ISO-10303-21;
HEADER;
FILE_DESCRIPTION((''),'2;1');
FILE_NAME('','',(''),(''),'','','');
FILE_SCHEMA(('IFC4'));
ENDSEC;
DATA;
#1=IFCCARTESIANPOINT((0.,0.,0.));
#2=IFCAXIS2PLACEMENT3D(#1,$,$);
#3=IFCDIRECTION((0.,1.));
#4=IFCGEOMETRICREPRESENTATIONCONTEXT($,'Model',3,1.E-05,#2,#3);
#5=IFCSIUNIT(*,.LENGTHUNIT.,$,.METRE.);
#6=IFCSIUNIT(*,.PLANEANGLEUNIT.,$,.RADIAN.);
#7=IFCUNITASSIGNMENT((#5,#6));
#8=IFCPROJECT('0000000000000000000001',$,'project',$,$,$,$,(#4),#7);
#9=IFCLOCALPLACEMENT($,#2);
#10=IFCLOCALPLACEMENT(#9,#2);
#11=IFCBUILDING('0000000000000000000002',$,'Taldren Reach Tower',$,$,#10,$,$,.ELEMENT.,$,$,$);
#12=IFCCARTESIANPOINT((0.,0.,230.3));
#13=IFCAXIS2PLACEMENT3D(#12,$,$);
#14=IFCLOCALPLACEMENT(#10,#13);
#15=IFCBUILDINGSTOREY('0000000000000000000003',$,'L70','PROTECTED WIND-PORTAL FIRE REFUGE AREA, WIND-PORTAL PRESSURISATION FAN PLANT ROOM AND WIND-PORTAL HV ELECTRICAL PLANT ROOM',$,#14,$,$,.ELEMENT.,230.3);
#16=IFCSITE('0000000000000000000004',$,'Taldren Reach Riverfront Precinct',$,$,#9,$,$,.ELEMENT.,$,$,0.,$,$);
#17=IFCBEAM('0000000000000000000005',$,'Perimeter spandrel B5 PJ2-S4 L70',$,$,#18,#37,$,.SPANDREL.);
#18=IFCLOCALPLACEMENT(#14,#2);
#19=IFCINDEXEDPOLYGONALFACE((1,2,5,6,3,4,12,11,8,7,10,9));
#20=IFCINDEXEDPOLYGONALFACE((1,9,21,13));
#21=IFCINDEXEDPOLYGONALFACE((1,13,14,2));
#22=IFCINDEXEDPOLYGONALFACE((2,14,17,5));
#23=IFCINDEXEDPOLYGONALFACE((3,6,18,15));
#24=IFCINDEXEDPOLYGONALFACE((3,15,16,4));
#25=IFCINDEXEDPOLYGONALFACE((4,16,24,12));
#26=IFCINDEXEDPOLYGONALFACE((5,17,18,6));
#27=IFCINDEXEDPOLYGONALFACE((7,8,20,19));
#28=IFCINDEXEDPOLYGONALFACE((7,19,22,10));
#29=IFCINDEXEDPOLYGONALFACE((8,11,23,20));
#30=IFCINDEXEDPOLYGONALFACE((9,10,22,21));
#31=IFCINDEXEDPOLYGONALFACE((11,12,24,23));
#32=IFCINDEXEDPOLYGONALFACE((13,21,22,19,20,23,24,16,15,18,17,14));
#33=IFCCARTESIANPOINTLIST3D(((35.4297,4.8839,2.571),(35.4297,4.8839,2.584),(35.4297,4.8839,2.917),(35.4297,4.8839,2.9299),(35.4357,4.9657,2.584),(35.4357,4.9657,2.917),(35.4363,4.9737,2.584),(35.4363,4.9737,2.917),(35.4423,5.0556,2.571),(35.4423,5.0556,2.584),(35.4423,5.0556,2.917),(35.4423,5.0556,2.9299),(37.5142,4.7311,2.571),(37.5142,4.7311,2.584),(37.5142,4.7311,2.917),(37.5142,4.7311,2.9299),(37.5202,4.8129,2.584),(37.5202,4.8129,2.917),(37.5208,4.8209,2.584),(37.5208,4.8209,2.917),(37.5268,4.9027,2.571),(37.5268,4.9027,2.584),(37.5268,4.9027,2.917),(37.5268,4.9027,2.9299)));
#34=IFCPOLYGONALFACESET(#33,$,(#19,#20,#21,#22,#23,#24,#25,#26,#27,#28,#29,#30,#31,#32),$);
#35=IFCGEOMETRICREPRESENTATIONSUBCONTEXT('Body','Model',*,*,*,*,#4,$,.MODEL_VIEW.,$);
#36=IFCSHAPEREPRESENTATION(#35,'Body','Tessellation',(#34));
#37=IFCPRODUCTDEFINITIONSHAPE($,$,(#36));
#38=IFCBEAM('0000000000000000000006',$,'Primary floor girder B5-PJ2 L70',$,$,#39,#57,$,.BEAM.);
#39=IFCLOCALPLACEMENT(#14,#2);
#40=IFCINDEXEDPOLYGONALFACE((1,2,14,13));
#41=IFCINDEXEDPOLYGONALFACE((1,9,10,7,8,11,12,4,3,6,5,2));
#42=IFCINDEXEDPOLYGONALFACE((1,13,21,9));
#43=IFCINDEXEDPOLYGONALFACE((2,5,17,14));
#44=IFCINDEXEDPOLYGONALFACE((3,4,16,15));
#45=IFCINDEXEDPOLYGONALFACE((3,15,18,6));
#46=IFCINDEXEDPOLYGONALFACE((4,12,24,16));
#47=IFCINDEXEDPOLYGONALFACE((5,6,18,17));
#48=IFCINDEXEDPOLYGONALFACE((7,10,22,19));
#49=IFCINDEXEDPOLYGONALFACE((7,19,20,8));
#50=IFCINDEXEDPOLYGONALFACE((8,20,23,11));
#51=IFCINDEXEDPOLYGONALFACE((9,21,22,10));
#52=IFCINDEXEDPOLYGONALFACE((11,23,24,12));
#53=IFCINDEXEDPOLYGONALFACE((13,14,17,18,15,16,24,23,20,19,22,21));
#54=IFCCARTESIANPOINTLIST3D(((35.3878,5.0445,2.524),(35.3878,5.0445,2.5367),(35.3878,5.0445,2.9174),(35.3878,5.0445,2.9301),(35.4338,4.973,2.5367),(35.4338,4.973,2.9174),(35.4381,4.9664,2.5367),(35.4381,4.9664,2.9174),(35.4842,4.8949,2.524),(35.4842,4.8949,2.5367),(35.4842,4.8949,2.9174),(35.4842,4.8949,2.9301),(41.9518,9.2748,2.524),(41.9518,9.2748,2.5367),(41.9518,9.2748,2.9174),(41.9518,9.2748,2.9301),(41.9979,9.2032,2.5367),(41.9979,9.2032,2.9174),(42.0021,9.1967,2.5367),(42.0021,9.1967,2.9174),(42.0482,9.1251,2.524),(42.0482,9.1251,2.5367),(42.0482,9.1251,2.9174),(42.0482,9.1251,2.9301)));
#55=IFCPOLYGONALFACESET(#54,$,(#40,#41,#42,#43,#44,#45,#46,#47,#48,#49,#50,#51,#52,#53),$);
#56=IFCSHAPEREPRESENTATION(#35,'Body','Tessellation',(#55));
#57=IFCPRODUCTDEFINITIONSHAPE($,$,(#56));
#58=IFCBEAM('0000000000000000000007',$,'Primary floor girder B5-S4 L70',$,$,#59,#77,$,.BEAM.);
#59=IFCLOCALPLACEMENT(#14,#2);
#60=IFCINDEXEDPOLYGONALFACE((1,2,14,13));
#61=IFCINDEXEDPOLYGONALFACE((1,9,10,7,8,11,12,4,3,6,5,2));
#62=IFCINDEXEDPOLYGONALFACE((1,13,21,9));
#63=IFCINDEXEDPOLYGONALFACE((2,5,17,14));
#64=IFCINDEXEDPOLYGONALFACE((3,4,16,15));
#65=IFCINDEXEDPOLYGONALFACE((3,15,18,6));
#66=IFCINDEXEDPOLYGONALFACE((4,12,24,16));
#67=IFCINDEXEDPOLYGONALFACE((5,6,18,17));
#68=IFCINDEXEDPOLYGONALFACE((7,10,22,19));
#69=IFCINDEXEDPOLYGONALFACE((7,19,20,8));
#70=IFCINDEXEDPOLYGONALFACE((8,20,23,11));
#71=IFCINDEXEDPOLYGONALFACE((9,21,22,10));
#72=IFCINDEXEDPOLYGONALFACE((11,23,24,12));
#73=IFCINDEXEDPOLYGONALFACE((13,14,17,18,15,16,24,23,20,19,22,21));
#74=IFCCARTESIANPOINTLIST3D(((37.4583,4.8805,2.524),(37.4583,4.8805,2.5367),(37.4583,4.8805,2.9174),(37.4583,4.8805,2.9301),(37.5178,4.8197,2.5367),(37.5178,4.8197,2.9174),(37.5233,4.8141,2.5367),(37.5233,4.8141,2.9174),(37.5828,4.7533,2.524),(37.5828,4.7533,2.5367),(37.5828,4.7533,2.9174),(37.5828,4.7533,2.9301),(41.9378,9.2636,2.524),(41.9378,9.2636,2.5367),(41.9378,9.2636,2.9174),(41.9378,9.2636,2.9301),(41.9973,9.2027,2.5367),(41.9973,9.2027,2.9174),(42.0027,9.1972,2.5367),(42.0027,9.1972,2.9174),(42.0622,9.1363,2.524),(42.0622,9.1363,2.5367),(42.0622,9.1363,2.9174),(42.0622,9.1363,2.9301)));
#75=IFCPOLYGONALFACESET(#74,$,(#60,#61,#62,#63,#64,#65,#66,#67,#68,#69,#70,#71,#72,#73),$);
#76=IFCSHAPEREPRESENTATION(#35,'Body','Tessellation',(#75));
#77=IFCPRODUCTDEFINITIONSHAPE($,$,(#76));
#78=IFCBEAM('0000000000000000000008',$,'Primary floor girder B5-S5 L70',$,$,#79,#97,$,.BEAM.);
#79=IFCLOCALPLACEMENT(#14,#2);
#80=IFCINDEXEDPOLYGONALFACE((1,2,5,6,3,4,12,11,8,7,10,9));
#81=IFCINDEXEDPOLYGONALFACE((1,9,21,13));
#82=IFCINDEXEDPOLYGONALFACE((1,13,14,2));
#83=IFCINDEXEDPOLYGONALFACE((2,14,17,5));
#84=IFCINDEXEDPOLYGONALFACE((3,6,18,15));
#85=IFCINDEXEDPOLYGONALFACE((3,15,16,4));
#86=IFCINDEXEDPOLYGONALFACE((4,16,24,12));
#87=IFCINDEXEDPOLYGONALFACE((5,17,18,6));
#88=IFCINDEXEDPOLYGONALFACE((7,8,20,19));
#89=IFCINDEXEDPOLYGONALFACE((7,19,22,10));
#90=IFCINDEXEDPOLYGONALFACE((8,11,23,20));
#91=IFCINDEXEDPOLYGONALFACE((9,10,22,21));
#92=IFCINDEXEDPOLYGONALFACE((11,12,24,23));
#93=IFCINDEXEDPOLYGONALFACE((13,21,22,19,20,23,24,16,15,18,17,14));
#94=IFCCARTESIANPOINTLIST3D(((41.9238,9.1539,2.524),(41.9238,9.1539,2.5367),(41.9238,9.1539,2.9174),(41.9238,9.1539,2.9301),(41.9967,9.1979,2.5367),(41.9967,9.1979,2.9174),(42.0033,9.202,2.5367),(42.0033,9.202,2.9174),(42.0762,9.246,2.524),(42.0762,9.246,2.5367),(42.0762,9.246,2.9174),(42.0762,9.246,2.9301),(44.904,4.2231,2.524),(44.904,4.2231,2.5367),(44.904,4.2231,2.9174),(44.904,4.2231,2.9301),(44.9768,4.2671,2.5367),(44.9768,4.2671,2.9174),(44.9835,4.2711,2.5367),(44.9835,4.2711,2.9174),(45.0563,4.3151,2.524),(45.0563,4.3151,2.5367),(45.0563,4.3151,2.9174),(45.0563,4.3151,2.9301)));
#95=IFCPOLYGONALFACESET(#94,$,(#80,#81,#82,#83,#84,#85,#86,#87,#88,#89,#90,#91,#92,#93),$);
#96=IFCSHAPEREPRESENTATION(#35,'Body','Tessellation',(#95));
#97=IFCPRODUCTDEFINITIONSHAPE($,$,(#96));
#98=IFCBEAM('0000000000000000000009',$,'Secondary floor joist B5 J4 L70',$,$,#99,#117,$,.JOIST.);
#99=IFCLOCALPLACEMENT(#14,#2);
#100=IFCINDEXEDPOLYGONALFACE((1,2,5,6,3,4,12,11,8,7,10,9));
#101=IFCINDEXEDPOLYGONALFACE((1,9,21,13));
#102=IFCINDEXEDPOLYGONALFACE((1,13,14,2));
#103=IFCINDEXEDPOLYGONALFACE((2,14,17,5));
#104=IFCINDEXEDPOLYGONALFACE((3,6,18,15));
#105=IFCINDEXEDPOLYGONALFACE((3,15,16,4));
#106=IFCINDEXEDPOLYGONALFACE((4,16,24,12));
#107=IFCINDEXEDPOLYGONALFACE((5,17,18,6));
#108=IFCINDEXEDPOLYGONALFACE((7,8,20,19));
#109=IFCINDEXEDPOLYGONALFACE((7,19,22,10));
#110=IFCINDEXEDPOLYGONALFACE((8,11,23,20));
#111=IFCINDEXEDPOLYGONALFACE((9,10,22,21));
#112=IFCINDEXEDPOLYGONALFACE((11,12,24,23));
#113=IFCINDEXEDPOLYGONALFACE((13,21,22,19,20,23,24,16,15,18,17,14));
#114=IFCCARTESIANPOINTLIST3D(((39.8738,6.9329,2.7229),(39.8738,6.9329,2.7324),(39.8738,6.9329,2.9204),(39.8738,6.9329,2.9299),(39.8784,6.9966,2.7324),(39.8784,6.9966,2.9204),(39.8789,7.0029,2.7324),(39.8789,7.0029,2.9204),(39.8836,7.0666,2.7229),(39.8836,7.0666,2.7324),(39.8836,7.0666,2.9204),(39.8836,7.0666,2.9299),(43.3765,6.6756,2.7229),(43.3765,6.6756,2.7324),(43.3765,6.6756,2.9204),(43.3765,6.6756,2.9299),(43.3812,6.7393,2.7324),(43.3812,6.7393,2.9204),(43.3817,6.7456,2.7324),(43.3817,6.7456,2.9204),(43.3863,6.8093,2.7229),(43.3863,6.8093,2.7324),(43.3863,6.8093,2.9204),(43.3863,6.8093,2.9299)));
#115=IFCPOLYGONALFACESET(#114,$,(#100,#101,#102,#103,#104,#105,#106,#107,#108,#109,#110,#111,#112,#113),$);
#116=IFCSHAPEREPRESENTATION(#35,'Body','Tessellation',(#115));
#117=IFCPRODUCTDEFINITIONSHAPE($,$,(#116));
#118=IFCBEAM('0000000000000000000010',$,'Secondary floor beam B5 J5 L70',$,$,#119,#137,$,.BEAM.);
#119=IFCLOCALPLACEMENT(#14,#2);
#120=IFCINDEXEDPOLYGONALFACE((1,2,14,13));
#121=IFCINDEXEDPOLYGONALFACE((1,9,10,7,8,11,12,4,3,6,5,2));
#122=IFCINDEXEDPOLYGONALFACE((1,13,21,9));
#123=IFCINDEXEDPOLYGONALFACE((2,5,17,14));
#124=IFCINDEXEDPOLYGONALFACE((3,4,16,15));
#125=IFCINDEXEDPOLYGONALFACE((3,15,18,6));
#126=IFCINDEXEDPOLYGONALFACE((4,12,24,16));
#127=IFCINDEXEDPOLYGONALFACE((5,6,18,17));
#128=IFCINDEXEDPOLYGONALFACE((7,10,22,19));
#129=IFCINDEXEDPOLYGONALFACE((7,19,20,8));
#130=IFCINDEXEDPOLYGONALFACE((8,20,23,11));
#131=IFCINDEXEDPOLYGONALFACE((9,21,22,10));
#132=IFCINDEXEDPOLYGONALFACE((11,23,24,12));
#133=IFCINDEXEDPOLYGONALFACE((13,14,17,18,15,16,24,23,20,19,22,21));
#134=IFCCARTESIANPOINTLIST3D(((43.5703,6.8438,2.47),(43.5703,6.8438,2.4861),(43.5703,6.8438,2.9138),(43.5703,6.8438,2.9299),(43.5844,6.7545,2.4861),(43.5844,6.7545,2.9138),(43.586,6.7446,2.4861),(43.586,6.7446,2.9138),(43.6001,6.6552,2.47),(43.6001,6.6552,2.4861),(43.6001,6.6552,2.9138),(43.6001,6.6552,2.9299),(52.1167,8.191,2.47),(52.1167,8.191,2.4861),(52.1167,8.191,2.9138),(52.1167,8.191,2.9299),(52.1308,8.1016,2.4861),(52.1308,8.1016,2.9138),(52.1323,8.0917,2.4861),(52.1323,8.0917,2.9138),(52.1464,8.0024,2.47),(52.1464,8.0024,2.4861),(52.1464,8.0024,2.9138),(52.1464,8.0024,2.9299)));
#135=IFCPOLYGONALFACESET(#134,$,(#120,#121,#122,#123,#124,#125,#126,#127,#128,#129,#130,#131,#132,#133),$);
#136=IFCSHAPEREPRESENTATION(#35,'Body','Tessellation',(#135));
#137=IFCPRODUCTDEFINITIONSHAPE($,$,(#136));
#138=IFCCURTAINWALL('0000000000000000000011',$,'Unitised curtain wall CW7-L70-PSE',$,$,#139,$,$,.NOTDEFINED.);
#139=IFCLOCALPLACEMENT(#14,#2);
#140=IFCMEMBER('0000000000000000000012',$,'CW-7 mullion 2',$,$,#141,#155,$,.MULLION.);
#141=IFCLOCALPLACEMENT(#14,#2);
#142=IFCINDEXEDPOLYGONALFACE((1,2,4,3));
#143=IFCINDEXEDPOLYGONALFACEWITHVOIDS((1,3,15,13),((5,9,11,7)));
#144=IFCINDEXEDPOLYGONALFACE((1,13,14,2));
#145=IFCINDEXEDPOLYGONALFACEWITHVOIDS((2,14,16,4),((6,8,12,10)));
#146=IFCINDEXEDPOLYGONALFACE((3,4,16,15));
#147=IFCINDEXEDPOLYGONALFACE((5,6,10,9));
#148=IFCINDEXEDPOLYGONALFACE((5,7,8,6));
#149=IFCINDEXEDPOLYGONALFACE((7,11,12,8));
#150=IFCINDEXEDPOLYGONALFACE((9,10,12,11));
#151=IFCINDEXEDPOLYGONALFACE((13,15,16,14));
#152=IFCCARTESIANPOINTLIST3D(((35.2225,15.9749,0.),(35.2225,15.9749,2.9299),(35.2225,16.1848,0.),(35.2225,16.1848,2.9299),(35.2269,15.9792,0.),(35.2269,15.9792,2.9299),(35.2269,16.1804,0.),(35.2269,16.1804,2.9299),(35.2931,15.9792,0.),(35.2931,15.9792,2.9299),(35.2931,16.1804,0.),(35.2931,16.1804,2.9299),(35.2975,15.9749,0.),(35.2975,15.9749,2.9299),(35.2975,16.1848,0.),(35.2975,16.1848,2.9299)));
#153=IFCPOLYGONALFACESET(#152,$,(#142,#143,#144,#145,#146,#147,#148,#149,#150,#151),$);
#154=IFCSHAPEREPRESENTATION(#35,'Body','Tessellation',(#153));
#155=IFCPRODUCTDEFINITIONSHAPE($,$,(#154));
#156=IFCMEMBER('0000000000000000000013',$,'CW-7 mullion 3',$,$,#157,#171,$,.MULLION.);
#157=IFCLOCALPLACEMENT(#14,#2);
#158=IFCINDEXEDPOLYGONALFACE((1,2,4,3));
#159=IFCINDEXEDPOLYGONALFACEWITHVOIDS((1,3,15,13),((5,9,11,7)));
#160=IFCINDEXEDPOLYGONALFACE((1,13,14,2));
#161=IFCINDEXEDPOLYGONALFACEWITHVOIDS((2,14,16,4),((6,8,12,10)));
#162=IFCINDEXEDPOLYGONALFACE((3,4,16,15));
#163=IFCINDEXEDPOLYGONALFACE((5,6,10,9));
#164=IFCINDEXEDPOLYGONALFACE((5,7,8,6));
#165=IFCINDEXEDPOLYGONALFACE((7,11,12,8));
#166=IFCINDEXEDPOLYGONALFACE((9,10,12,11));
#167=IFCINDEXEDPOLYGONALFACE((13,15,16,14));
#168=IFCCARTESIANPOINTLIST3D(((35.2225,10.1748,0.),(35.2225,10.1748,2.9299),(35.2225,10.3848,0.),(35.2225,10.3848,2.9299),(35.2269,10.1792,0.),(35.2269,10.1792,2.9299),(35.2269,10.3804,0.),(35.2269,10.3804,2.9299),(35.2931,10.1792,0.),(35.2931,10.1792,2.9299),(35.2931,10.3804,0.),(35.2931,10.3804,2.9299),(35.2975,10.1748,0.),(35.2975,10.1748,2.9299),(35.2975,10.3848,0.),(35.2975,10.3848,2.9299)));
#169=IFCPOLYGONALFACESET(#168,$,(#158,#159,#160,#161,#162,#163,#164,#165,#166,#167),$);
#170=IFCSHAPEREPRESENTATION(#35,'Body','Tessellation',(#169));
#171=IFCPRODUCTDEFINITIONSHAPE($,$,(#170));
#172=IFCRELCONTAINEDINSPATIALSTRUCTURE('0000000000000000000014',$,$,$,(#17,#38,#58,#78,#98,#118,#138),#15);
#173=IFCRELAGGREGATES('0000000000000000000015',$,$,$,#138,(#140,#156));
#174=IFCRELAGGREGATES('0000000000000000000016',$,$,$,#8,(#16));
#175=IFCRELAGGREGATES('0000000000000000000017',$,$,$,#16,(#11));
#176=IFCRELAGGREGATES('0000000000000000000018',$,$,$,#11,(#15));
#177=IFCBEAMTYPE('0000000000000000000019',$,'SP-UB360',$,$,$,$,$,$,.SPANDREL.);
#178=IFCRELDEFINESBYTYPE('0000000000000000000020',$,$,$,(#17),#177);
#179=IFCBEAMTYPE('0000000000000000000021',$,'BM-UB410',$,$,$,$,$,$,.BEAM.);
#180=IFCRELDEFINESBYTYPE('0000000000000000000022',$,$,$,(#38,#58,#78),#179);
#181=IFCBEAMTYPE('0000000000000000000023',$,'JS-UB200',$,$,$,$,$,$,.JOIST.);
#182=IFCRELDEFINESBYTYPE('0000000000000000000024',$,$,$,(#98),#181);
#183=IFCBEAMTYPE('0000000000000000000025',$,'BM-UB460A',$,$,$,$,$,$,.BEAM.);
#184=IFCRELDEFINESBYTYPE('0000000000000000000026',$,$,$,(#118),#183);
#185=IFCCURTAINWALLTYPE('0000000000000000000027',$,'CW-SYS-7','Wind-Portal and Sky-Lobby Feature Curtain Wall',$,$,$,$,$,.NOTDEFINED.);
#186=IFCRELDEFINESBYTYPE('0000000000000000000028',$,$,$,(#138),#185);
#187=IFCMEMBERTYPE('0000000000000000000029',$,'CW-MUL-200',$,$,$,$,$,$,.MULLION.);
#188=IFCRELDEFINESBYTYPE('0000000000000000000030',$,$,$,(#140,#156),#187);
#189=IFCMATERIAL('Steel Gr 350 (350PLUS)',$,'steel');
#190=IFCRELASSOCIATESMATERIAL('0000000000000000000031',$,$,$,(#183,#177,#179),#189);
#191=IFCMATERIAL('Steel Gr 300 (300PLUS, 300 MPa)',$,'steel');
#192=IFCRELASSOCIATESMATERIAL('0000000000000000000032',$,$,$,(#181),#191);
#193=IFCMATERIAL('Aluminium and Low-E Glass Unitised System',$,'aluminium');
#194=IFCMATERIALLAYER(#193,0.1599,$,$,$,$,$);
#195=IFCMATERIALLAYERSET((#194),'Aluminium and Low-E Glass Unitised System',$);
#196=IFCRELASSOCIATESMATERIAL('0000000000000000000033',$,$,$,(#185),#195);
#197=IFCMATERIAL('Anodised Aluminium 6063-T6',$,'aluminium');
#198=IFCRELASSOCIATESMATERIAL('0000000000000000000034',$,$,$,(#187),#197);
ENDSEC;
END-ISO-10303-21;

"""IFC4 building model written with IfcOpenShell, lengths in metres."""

from ifc_helpers import new_model, si_unit, direction, frame, origin, origin_2d, place, context, subcontext, project, spatial, hollow_rectangle, i_section, extrude, source, transform, mapped, material, layer, layer_set, material_profile, profile_set, type_object, element, aggregate, save


model = new_model("IFC4")

# Units and contexts
model_context = context("Model", 3, precision=1e-05, world=origin(), true_north=direction((0.0, 1.0)))
body_context = subcontext(model_context, "Body", "Model", "MODEL_VIEW")
ifc_project = project(units=[si_unit("LENGTHUNIT", "METRE"), si_unit("PLANEANGLEUNIT", "RADIAN")], contexts=[model_context])

# Site, building, storey
site_placement = place(None, origin())
site = spatial("IfcSite", under=ifc_project, at=site_placement, Name="Taldren Reach Riverfront Precinct", CompositionType="ELEMENT", RefElevation=0.0)
building_placement = place(site_placement, origin())
building = spatial("IfcBuilding", under=site, at=building_placement, Name="Taldren Reach Tower", CompositionType="ELEMENT")
storey_placement = place(building_placement, frame((0.0, 0.0, 230.3)))
storey = spatial("IfcBuildingStorey", under=building, at=storey_placement, Name="L70", Description="PROTECTED WIND-PORTAL FIRE REFUGE AREA, WIND-PORTAL PRESSURISATION FAN PLANT ROOM AND WIND-PORTAL HV ELECTRICAL PLANT ROOM", CompositionType="ELEMENT", Elevation=230.3)

# Shared definitions
ifc_material_1 = material(Name="Steel Gr 350 (350PLUS)", Category="steel")

# Shared definitions
ifc_material_profile_1 = material_profile(ifc_material_1, i_section(OverallWidth=0.1909, OverallDepth=0.46, WebThickness=0.01, FlangeThickness=0.0161, at=origin_2d()), Name="460UB82.1")
ifc_profile_set_1 = profile_set([ifc_material_profile_1], Name="Steel Gr 350 (350PLUS)")
beam_type_1 = type_object("IfcBeamType", Name="BM-UB460A", PredefinedType="BEAM", material=ifc_profile_set_1)

# Beams
ifc_material_profile_2 = material_profile(ifc_material_1, i_section(OverallWidth=0.1721, OverallDepth=0.3589, WebThickness=0.0081, FlangeThickness=0.0129, at=origin_2d()), Name="360UB56.7")
ifc_profile_set_2 = profile_set([ifc_material_profile_2], Name="Steel Gr 350 (350PLUS)")
beam_type_2 = type_object("IfcBeamType", Name="SP-UB360", PredefinedType="SPANDREL", material=ifc_profile_set_2)
shared_shape_1 = source(origin(), body_context, "Body", "SweptSolid", [
    extrude(i_section(OverallWidth=0.1721, OverallDepth=0.3589, WebThickness=0.0081, FlangeThickness=0.0129, at=origin_2d()), origin(), (0.0, 0.0, 1.0), 2.0901),
])
beam_1_placement = place(storey_placement, frame((35.436, 4.9697, 2.7505), z_axis=(0.997323, -0.073123, 0.0), x_axis=(0.073123, 0.997323, 0.0)))
element("IfcBeam", 1, at=beam_1_placement, inside=storey, type_object=beam_type_2, Name="Perimeter spandrel B5 PJ2-S4 L70", PredefinedType="SPANDREL", context=body_context, shape_type="MappedRepresentation", body=[
    mapped(shared_shape_1, transform((0.0, 0.0, 0.0), scale=1.0)),
])
ifc_material_profile_3 = material_profile(ifc_material_1, i_section(OverallWidth=0.178, OverallDepth=0.406, WebThickness=0.0078, FlangeThickness=0.0127, at=origin_2d()), Name="410UB59.7")
ifc_profile_set_3 = profile_set([ifc_material_profile_3], Name="Steel Gr 350 (350PLUS)")
beam_type_3 = type_object("IfcBeamType", Name="BM-UB410", PredefinedType="BEAM", material=ifc_profile_set_3)
shared_shape_2 = source(origin(), body_context, "Body", "SweptSolid", [
    extrude(i_section(OverallWidth=0.178, OverallDepth=0.406, WebThickness=0.0078, FlangeThickness=0.0127, at=origin_2d()), origin(), (0.0, 0.0, 1.0), 7.8091),
])
beam_2_placement = place(storey_placement, frame((42.0, 9.2, 2.7271), z_axis=(-0.840564, -0.541712, 0.0), x_axis=(0.541712, -0.840564, 0.0)))
element("IfcBeam", 2, at=beam_2_placement, inside=storey, type_object=beam_type_3, Name="Primary floor girder B5-PJ2 L70", PredefinedType="BEAM", context=body_context, shape_type="MappedRepresentation", body=[
    mapped(shared_shape_2, transform((0.0, 0.0, 0.0), scale=1.0)),
])
shared_shape_3 = source(origin(), body_context, "Body", "SweptSolid", [
    extrude(i_section(OverallWidth=0.178, OverallDepth=0.406, WebThickness=0.0078, FlangeThickness=0.0127, at=origin_2d()), origin(), (0.0, 0.0, 1.0), 6.2671),
])
beam_3_placement = place(storey_placement, frame((42.0, 9.2, 2.7271), z_axis=(-0.714759, -0.699371, 0.0), x_axis=(0.699371, -0.714759, 0.0)))
element("IfcBeam", 3, at=beam_3_placement, inside=storey, type_object=beam_type_3, Name="Primary floor girder B5-S4 L70", PredefinedType="BEAM", context=body_context, shape_type="MappedRepresentation", body=[
    mapped(shared_shape_3, transform((0.0, 0.0, 0.0), scale=1.0)),
])
shared_shape_4 = source(origin(), body_context, "Body", "SweptSolid", [
    extrude(i_section(OverallWidth=0.178, OverallDepth=0.406, WebThickness=0.0078, FlangeThickness=0.0127, at=origin_2d()), origin(), (0.0, 0.0, 1.0), 5.7615),
])
beam_4_placement = place(storey_placement, frame((42.0, 9.2, 2.7271), z_axis=(0.51726, -0.855828, 0.0), x_axis=(0.855828, 0.51726, 0.0)))
element("IfcBeam", 4, at=beam_4_placement, inside=storey, type_object=beam_type_3, Name="Primary floor girder B5-S5 L70", PredefinedType="BEAM", context=body_context, shape_type="MappedRepresentation", body=[
    mapped(shared_shape_4, transform((0.0, 0.0, 0.0), scale=1.0)),
])
ifc_material_2 = material(Name="Steel Gr 300 (300PLUS, 300 MPa)", Category="steel")
ifc_material_profile_4 = material_profile(ifc_material_2, i_section(OverallWidth=0.134, OverallDepth=0.207, WebThickness=0.0063, FlangeThickness=0.0095, at=origin_2d()), Name="200UB29.8")
ifc_profile_set_4 = profile_set([ifc_material_profile_4], Name="Steel Gr 300 (300PLUS, 300 MPa)")
beam_type_4 = type_object("IfcBeamType", Name="JS-UB200", PredefinedType="JOIST", material=ifc_profile_set_4)
shared_shape_5 = source(origin(), body_context, "Body", "SweptSolid", [
    extrude(i_section(OverallWidth=0.134, OverallDepth=0.207, WebThickness=0.0063, FlangeThickness=0.0095, at=origin_2d()), origin(), (0.0, 0.0, 1.0), 3.5122),
])
beam_5_placement = place(storey_placement, frame((39.8787, 6.9998, 2.8264), z_axis=(0.997312, -0.073267, 0.0), x_axis=(0.073267, 0.997312, 0.0)))
element("IfcBeam", 5, at=beam_5_placement, inside=storey, type_object=beam_type_4, Name="Secondary floor joist B5 J4 L70", PredefinedType="JOIST", context=body_context, shape_type="MappedRepresentation", body=[
    mapped(shared_shape_5, transform((0.0, 0.0, 0.0), scale=1.0)),
])
shared_shape_6 = source(origin(), body_context, "Body", "SweptSolid", [
    extrude(i_section(OverallWidth=0.1909, OverallDepth=0.46, WebThickness=0.01, FlangeThickness=0.0161, at=origin_2d()), origin(), (0.0, 0.0, 1.0), 8.6519),
])
beam_6_placement = place(storey_placement, frame((43.5852, 6.7495, 2.7), z_axis=(0.987803, 0.155708, 0.0), x_axis=(-0.155708, 0.987803, 0.0)))
element("IfcBeam", 6, at=beam_6_placement, inside=storey, type_object=beam_type_1, Name="Secondary floor beam B5 J5 L70", PredefinedType="BEAM", context=body_context, shape_type="MappedRepresentation", body=[
    mapped(shared_shape_6, transform((0.0, 0.0, 0.0), scale=1.0)),
])

# Curtain wall, members
ifc_material_3 = material(Name="Aluminium and Low-E Glass Unitised System", Category="aluminium")
ifc_layer_1 = layer(ifc_material_3, 0.1599)
ifc_layer_set_1 = layer_set([ifc_layer_1], Name="Aluminium and Low-E Glass Unitised System")
curtain_wall_type = type_object("IfcCurtainWallType", Name="CW-SYS-7", Description="Wind-Portal and Sky-Lobby Feature Curtain Wall", PredefinedType="NOTDEFINED", material=ifc_layer_set_1)
curtain_wall_1_placement = place(storey_placement, origin())
curtain_wall_1 = element("IfcCurtainWall", 7, at=curtain_wall_1_placement, inside=storey, type_object=curtain_wall_type, Name="Unitised curtain wall CW7-L70-PSE", PredefinedType="NOTDEFINED")
ifc_material_4 = material(Name="Anodised Aluminium 6063-T6", Category="aluminium")
ifc_material_profile_5 = material_profile(ifc_material_4, hollow_rectangle(XDim=0.075, YDim=0.21, WallThickness=0.0044, at=origin_2d()), Name="ALU-210x75x4.5RHS")
ifc_profile_set_5 = profile_set([ifc_material_profile_5], Name="Anodised Aluminium 6063-T6")
member_type_1 = type_object("IfcMemberType", Name="CW-MUL-200", PredefinedType="MULLION", material=ifc_profile_set_5)
shared_shape_7 = source(origin(), body_context, "Body", "SweptSolid", [
    extrude(hollow_rectangle(XDim=0.075, YDim=0.21, WallThickness=0.0044, at=origin_2d()), origin(), (0.0, 0.0, 1.0), 2.9299),
])
member_1_placement = place(storey_placement, frame((35.26, 16.0798, 0.0), z_axis=(0.0, 0.0, 1.0), x_axis=(1.0, 0.0, 0.0)))
member_1 = element("IfcMember", 8, at=member_1_placement, type_object=member_type_1, Name="CW-7 mullion 2", PredefinedType="MULLION", context=body_context, shape_type="MappedRepresentation", body=[
    mapped(shared_shape_7, transform((0.0, 0.0, 0.0), scale=1.0)),
])
member_2_placement = place(storey_placement, frame((35.26, 10.2798, 0.0), z_axis=(0.0, 0.0, 1.0), x_axis=(1.0, 0.0, 0.0)))
member_2 = element("IfcMember", 9, at=member_2_placement, type_object=member_type_1, Name="CW-7 mullion 3", PredefinedType="MULLION", context=body_context, shape_type="MappedRepresentation", body=[
    mapped(shared_shape_7, transform((0.0, 0.0, 0.0), scale=1.0)),
])

aggregate(curtain_wall_1, [member_1, member_2])

save(model, "model.ifc")
